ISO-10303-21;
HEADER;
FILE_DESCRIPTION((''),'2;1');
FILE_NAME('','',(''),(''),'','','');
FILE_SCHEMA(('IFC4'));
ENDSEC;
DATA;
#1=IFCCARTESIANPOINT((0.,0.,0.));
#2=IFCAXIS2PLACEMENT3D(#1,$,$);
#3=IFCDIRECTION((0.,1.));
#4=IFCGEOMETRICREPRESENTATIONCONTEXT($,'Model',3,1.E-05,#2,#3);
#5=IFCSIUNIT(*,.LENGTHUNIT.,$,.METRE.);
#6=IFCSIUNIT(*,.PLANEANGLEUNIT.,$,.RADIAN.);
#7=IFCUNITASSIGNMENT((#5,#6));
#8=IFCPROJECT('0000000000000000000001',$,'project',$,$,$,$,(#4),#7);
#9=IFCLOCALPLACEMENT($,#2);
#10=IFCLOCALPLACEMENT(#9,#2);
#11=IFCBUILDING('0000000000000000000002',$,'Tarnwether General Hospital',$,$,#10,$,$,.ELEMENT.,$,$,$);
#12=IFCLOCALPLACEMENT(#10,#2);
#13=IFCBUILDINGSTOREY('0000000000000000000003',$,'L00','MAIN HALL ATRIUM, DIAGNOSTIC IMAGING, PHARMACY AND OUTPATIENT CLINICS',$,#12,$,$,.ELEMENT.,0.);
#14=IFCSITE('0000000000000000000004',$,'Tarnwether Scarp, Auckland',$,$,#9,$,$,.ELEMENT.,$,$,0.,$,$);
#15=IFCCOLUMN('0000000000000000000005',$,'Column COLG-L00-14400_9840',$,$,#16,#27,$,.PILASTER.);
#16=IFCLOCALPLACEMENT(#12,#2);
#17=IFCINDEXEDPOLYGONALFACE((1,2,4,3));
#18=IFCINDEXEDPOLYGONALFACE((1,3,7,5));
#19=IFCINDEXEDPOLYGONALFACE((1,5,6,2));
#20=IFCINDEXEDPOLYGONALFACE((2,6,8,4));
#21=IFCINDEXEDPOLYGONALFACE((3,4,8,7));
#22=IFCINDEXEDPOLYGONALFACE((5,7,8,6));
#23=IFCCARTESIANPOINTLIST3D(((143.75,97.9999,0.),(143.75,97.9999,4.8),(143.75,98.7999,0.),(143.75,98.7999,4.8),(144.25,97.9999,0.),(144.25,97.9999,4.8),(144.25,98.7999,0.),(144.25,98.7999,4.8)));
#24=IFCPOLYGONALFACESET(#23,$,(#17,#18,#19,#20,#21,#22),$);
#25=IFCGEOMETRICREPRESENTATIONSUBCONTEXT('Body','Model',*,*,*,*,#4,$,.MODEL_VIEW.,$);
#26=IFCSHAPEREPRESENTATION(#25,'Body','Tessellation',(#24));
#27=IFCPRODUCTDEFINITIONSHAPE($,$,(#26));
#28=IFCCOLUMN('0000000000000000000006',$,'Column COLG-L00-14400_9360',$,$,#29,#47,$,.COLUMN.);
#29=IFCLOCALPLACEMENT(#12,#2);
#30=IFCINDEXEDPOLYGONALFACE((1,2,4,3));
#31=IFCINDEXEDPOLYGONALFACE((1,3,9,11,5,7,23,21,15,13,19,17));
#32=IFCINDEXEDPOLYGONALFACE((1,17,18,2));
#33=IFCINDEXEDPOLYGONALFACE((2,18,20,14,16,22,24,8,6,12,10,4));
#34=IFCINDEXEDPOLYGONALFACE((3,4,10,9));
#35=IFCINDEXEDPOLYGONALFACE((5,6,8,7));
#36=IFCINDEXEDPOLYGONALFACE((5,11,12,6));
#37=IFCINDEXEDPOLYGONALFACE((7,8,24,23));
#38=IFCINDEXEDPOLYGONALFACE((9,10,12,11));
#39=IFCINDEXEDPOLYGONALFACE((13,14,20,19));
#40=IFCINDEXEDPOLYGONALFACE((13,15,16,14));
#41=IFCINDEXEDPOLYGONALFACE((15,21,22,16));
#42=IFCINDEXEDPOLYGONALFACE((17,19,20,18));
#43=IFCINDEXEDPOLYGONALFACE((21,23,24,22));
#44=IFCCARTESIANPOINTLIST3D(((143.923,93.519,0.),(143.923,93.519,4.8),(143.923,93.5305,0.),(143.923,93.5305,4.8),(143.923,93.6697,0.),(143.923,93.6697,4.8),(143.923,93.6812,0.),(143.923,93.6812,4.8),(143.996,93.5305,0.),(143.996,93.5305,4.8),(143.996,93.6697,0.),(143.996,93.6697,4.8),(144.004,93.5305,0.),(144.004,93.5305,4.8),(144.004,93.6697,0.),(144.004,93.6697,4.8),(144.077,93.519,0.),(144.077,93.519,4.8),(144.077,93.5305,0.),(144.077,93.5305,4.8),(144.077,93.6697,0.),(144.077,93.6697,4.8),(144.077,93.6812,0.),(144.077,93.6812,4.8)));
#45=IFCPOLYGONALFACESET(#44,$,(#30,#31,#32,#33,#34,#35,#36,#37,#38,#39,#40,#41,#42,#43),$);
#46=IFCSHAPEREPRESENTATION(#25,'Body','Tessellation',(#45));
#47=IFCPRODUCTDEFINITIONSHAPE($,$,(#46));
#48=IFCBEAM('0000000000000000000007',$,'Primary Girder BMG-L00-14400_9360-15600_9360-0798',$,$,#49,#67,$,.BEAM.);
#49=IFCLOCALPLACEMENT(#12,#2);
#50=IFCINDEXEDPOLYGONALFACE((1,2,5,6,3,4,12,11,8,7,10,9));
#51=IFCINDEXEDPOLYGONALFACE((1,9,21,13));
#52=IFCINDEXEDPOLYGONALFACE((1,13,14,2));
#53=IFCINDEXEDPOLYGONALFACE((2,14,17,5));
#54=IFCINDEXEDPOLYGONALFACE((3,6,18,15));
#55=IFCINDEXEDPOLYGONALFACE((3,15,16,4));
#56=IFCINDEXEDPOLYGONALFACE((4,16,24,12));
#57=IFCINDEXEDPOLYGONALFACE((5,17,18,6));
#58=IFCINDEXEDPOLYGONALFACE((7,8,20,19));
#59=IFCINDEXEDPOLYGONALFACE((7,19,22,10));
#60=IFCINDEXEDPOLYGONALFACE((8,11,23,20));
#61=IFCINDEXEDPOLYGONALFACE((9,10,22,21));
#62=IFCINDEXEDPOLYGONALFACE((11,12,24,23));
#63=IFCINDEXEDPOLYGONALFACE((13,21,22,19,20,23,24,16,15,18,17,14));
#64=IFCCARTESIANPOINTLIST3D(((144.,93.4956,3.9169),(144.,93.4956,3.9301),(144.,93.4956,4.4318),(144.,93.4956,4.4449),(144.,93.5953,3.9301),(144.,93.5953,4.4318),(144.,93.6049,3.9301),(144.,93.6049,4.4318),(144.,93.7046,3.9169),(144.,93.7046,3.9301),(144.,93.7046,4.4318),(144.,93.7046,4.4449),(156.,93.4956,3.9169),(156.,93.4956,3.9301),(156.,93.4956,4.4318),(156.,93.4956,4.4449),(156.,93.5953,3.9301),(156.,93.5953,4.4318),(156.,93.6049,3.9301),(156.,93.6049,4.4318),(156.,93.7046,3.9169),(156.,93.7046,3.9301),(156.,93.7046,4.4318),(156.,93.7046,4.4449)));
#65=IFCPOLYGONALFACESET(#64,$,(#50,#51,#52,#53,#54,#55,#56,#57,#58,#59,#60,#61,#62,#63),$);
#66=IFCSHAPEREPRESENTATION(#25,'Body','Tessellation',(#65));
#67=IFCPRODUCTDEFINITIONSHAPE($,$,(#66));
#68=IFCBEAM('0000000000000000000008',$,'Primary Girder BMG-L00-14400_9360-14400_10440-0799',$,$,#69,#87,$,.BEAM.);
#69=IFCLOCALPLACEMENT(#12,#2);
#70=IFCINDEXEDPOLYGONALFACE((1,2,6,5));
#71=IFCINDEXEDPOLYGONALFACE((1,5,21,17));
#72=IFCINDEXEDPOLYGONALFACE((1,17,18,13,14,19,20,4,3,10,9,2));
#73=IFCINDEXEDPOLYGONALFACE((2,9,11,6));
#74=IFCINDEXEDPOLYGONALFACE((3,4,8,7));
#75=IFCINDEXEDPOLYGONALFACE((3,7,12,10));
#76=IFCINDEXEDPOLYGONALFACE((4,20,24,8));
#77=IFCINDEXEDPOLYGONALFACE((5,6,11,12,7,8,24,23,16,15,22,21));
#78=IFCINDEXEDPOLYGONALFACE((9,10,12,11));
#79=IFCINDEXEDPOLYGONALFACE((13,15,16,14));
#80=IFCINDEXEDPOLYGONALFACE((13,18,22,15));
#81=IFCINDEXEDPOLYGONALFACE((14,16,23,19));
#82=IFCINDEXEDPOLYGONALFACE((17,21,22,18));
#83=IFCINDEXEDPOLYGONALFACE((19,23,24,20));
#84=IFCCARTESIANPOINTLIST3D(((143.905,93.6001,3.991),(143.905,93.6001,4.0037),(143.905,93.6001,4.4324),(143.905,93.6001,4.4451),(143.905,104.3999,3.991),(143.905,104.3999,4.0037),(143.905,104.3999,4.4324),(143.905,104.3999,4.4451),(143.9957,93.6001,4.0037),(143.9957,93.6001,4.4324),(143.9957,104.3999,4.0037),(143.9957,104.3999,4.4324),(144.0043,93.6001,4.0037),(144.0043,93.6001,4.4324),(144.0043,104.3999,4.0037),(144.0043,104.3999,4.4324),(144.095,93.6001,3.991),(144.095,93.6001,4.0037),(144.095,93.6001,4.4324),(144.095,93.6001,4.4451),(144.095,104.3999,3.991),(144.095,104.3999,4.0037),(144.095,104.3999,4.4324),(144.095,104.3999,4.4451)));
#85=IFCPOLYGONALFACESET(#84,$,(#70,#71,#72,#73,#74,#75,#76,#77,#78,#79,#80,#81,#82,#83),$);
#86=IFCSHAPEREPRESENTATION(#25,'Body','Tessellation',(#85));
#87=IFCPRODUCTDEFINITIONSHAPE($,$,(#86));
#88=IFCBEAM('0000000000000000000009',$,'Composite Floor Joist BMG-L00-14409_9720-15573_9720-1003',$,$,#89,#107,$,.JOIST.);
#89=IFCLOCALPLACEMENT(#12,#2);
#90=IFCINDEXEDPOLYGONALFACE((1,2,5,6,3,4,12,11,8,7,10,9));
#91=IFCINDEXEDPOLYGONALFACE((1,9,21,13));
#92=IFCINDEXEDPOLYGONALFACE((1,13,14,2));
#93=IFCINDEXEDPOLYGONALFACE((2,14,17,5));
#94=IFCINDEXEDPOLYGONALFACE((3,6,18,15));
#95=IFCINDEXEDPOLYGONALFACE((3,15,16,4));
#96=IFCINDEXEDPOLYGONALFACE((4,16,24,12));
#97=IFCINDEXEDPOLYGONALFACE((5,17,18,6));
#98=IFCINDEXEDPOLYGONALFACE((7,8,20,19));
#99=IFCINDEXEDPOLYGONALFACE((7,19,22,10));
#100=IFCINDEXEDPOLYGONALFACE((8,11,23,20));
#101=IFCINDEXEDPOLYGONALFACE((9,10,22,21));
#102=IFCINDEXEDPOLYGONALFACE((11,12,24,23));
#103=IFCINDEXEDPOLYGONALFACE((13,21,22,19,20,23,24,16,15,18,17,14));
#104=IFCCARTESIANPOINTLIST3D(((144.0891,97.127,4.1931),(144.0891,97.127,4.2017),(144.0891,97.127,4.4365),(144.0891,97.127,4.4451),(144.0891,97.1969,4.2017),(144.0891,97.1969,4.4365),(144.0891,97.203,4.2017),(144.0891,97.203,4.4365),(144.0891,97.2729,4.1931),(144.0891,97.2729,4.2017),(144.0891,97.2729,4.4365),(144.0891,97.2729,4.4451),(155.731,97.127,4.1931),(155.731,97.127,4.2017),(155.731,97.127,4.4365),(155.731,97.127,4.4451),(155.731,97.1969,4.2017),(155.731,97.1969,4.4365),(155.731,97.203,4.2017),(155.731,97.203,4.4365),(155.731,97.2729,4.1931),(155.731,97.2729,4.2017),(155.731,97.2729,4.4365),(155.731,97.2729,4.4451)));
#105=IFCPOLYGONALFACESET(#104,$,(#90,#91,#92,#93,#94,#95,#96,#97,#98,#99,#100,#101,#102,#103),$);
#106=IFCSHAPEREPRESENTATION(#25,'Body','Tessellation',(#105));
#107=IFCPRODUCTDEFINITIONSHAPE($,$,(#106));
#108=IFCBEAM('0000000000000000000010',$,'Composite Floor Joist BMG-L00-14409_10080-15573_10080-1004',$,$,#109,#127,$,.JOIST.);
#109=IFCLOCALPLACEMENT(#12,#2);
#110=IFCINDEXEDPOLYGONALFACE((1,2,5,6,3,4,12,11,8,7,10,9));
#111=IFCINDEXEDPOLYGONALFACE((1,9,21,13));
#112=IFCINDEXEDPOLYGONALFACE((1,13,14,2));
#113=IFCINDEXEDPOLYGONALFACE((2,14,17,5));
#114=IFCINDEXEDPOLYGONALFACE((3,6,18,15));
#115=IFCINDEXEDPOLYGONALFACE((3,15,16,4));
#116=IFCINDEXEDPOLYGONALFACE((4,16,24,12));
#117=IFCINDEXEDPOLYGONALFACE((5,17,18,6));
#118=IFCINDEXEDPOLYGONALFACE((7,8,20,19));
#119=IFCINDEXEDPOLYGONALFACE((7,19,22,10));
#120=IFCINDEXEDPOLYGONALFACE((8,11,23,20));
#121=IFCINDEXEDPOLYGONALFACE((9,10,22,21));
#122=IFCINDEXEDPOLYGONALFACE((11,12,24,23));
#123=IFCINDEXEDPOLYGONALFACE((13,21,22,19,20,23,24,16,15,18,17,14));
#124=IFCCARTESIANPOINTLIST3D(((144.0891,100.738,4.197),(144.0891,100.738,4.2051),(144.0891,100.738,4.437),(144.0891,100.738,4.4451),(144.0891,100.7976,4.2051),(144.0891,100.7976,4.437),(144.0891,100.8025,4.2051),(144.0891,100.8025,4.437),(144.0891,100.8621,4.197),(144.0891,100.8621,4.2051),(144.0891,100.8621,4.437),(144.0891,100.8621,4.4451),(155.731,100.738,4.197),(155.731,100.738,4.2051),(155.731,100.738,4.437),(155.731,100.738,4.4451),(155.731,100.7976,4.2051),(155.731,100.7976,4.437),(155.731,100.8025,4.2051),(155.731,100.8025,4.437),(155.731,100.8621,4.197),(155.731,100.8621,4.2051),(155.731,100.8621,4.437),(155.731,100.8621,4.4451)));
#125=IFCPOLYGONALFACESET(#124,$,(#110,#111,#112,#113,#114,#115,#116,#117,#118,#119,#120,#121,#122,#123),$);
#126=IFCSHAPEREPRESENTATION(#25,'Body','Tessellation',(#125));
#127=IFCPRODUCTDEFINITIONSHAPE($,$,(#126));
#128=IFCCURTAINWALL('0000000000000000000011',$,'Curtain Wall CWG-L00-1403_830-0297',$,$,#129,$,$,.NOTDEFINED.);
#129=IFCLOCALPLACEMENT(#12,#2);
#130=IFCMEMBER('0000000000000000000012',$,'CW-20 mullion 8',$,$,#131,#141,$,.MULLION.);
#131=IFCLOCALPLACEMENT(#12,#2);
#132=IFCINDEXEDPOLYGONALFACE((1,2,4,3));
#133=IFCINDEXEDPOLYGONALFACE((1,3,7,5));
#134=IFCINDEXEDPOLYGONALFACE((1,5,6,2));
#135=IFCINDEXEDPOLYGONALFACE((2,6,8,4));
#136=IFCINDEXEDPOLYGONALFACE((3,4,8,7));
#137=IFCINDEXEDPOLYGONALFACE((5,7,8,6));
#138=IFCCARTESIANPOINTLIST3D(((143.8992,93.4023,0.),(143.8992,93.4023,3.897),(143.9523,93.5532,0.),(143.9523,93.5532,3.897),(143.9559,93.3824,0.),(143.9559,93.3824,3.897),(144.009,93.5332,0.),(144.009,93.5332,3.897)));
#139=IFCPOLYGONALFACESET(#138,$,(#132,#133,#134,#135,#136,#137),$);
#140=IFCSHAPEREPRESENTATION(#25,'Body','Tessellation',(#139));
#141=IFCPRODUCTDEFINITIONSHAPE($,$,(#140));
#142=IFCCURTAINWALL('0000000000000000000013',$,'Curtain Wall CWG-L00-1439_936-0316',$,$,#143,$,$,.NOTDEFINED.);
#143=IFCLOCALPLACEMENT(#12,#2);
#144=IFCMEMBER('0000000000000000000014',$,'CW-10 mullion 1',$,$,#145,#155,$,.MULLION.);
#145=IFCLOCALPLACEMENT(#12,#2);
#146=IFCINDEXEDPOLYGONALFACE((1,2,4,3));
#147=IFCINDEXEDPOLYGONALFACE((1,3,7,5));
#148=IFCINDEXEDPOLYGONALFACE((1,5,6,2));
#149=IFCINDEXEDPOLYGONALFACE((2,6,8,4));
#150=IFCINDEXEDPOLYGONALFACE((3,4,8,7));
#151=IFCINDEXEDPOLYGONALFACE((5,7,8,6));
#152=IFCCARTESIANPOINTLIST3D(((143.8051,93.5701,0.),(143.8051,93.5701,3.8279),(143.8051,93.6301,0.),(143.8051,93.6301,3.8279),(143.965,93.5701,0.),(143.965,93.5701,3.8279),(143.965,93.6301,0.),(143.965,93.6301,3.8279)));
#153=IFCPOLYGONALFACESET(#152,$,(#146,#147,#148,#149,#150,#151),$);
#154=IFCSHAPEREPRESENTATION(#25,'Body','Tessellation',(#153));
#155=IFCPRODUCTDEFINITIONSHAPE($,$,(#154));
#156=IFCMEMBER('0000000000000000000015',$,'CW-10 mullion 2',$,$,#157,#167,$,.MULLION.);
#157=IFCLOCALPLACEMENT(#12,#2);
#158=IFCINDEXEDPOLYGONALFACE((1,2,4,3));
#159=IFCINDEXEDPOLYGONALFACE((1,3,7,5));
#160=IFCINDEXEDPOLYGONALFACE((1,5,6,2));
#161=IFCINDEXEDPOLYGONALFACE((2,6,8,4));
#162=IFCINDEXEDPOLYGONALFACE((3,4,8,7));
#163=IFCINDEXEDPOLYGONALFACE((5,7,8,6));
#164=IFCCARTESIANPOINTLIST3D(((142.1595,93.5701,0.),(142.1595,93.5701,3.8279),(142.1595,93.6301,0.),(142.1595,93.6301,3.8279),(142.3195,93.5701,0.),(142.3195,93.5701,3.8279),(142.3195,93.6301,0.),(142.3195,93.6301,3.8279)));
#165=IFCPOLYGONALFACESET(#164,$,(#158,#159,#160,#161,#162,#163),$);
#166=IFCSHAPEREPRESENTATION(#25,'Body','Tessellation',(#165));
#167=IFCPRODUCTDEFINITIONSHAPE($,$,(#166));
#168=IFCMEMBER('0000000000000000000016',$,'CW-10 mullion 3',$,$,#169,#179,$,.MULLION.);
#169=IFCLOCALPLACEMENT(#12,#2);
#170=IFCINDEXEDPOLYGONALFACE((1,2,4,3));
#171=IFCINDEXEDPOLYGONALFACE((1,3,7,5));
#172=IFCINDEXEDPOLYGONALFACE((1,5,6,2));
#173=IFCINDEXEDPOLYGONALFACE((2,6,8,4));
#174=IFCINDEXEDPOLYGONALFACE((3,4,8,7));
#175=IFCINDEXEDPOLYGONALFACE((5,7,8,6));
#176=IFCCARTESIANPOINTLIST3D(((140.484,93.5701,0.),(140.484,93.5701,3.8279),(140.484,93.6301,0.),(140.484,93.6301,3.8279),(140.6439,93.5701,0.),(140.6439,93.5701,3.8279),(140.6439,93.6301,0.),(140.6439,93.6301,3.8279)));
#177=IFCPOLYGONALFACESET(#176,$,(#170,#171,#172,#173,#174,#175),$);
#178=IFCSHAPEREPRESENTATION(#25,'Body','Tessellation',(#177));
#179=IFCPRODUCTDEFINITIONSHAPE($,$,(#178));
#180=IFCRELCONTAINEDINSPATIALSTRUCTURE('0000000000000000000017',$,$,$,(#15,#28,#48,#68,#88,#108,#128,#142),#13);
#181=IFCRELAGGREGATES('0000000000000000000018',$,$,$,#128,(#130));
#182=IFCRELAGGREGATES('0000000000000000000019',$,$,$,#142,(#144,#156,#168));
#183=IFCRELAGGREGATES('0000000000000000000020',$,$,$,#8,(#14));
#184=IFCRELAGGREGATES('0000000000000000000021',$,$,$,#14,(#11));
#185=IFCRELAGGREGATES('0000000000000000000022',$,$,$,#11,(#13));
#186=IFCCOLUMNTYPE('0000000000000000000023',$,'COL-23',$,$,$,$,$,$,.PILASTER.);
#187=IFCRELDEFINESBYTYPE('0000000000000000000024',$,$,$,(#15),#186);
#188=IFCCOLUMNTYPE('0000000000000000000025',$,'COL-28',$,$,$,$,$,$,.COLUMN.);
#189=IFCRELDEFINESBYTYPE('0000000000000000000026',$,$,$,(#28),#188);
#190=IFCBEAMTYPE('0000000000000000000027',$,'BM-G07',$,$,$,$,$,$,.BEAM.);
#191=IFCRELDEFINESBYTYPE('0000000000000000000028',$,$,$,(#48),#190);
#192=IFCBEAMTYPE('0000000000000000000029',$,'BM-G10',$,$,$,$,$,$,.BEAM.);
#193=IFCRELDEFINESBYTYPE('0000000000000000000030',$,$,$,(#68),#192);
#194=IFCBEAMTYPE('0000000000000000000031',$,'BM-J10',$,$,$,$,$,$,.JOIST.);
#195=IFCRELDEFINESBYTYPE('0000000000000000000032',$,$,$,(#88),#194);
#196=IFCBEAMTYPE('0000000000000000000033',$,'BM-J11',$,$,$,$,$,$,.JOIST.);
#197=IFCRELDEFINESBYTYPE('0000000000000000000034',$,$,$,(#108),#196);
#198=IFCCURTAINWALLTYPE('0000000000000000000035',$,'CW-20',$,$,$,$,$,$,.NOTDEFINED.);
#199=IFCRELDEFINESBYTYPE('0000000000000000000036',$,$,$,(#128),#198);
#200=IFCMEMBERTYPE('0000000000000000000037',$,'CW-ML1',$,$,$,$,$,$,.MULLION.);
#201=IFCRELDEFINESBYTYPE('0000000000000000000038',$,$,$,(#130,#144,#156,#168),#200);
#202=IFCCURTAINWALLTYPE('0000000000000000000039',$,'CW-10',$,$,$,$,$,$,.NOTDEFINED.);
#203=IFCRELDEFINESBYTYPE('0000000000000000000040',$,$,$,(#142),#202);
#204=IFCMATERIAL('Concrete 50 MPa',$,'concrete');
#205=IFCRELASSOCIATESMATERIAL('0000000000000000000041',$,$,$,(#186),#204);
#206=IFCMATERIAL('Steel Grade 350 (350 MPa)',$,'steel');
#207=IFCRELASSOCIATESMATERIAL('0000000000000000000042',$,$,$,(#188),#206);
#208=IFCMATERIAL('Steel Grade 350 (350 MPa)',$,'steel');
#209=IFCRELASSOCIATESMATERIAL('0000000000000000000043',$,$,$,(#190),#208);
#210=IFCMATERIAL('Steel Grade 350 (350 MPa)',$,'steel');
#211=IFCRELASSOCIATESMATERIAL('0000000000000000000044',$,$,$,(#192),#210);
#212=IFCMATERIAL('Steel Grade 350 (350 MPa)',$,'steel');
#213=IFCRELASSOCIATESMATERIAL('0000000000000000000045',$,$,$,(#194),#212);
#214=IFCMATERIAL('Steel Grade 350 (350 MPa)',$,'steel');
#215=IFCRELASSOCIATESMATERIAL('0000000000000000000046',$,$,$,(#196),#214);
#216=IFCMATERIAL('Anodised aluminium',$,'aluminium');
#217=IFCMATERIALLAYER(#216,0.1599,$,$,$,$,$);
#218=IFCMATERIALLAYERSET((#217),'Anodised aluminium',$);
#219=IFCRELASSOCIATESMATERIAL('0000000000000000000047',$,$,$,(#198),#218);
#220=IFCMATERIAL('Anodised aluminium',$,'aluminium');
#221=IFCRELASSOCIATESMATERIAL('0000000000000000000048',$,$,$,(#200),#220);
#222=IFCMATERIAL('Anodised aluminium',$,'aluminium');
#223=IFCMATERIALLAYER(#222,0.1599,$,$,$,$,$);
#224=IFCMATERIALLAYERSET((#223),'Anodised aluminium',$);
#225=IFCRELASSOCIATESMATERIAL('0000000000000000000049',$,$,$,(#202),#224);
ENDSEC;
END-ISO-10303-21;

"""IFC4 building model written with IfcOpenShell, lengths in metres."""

from ifc_helpers import new_model, si_unit, direction, frame, origin, origin_2d, place, context, subcontext, project, spatial, rectangle, i_section, extrude, material, layer, layer_set, material_profile, profile_set, type_object, element, aggregate, save


model = new_model("IFC4")

# Units and contexts
model_context = context("Model", 3, precision=1e-05, world=origin(), true_north=direction((0.0, 1.0)))
body_context = subcontext(model_context, "Body", "Model", "MODEL_VIEW")
ifc_project = project(units=[si_unit("LENGTHUNIT", "METRE"), si_unit("PLANEANGLEUNIT", "RADIAN")], contexts=[model_context])

# Site, building, storey
site_placement = place(None, origin())
site = spatial("IfcSite", under=ifc_project, at=site_placement, Name="Tarnwether Scarp, Auckland", CompositionType="ELEMENT", RefElevation=0.0)
building_placement = place(site_placement, origin())
building = spatial("IfcBuilding", under=site, at=building_placement, Name="Tarnwether General Hospital", CompositionType="ELEMENT")
storey_placement = place(building_placement, origin())
storey = spatial("IfcBuildingStorey", under=building, at=storey_placement, Name="L00", Description="MAIN HALL ATRIUM, DIAGNOSTIC IMAGING, PHARMACY AND OUTPATIENT CLINICS", CompositionType="ELEMENT", Elevation=0.0)

# Columns
ifc_material_1 = material(Name="Concrete 50 MPa", Category="concrete")
ifc_material_profile_1 = material_profile(ifc_material_1, rectangle(XDim=0.5, YDim=0.8, at=origin_2d()), Name="RC-PIL-500x800")
ifc_profile_set_1 = profile_set([ifc_material_profile_1], Name="Concrete 50 MPa")
column_type_1 = type_object("IfcColumnType", Name="COL-23", PredefinedType="PILASTER", material=ifc_profile_set_1)
column_1_placement = place(storey_placement, frame((144.0, 98.3999, 0.0), z_axis=(0.0, 0.0, 1.0), x_axis=(1.0, 0.0, 0.0)))
element("IfcColumn", 1, at=column_1_placement, inside=storey, type_object=column_type_1, Name="Column COLG-L00-14400_9840", PredefinedType="PILASTER", context=body_context, shape_type="SweptSolid", body=[
    extrude(rectangle(XDim=0.5, YDim=0.8, at=origin_2d()), origin(), (0.0, 0.0, 1.0), 4.8),
])
ifc_material_2 = material(Name="Steel Grade 350 (350 MPa)", Category="steel")
ifc_material_profile_2 = material_profile(ifc_material_2, i_section(OverallWidth=0.1541, OverallDepth=0.1621, WebThickness=0.0081, FlangeThickness=0.0115, at=origin_2d()), Name="150UC37.2")
ifc_profile_set_2 = profile_set([ifc_material_profile_2], Name="Steel Grade 350 (350 MPa)")
column_type_2 = type_object("IfcColumnType", Name="COL-28", PredefinedType="COLUMN", material=ifc_profile_set_2)
column_2_placement = place(storey_placement, frame((144.0, 93.6001, 0.0), z_axis=(0.0, 0.0, 1.0), x_axis=(1.0, 0.0, 0.0)))
element("IfcColumn", 2, at=column_2_placement, inside=storey, type_object=column_type_2, Name="Column COLG-L00-14400_9360", PredefinedType="COLUMN", context=body_context, shape_type="SweptSolid", body=[
    extrude(i_section(OverallWidth=0.1541, OverallDepth=0.1621, WebThickness=0.0081, FlangeThickness=0.0115, at=origin_2d()), origin(), (0.0, 0.0, 1.0), 4.8),
])

# Beams
ifc_material_3 = material(Name="Steel Grade 350 (350 MPa)", Category="steel")
ifc_material_profile_3 = material_profile(ifc_material_3, i_section(OverallWidth=0.209, OverallDepth=0.5281, WebThickness=0.0095, FlangeThickness=0.0132, at=origin_2d()), Name="530UB82.0")
ifc_profile_set_3 = profile_set([ifc_material_profile_3], Name="Steel Grade 350 (350 MPa)")
beam_type_1 = type_object("IfcBeamType", Name="BM-G07", PredefinedType="BEAM", material=ifc_profile_set_3)
beam_1_placement = place(storey_placement, frame((144.0, 93.6001, 4.1809), z_axis=(1.0, 0.0, 0.0), x_axis=(0.0, 1.0, 0.0)))
element("IfcBeam", 3, at=beam_1_placement, inside=storey, type_object=beam_type_1, Name="Primary Girder BMG-L00-14400_9360-15600_9360-0798", PredefinedType="BEAM", context=body_context, shape_type="SweptSolid", body=[
    extrude(i_section(OverallWidth=0.209, OverallDepth=0.5281, WebThickness=0.0095, FlangeThickness=0.0132, at=origin_2d()), origin(), (0.0, 0.0, 1.0), 12.0),
])
ifc_material_4 = material(Name="Steel Grade 350 (350 MPa)", Category="steel")
ifc_material_profile_4 = material_profile(ifc_material_4, i_section(OverallWidth=0.1899, OverallDepth=0.4541, WebThickness=0.0085, FlangeThickness=0.0127, at=origin_2d()), Name="460UB67.1")
ifc_profile_set_4 = profile_set([ifc_material_profile_4], Name="Steel Grade 350 (350 MPa)")
beam_type_2 = type_object("IfcBeamType", Name="BM-G10", PredefinedType="BEAM", material=ifc_profile_set_4)
beam_2_placement = place(storey_placement, frame((144.0, 93.6001, 4.218), z_axis=(0.0, 1.0, 0.0), x_axis=(-1.0, 0.0, 0.0)))
element("IfcBeam", 4, at=beam_2_placement, inside=storey, type_object=beam_type_2, Name="Primary Girder BMG-L00-14400_9360-14400_10440-0799", PredefinedType="BEAM", context=body_context, shape_type="SweptSolid", body=[
    extrude(i_section(OverallWidth=0.1899, OverallDepth=0.4541, WebThickness=0.0085, FlangeThickness=0.0127, at=origin_2d()), origin(), (0.0, 0.0, 1.0), 10.7998),
])
ifc_material_5 = material(Name="Steel Grade 350 (350 MPa)", Category="steel")
ifc_material_profile_5 = material_profile(ifc_material_5, i_section(OverallWidth=0.146, OverallDepth=0.252, WebThickness=0.0061, FlangeThickness=0.0085, at=origin_2d()), Name="250UB31.4")
ifc_profile_set_5 = profile_set([ifc_material_profile_5], Name="Steel Grade 350 (350 MPa)")
beam_type_3 = type_object("IfcBeamType", Name="BM-J10", PredefinedType="JOIST", material=ifc_profile_set_5)
beam_3_placement = place(storey_placement, frame((144.0891, 97.2, 4.3191), z_axis=(1.0, 0.0, 0.0), x_axis=(0.0, 1.0, 0.0)))
element("IfcBeam", 5, at=beam_3_placement, inside=storey, type_object=beam_type_3, Name="Composite Floor Joist BMG-L00-14409_9720-15573_9720-1003", PredefinedType="JOIST", context=body_context, shape_type="SweptSolid", body=[
    extrude(i_section(OverallWidth=0.146, OverallDepth=0.252, WebThickness=0.0061, FlangeThickness=0.0085, at=origin_2d()), origin(), (0.0, 0.0, 1.0), 11.6418),
])
ifc_material_6 = material(Name="Steel Grade 350 (350 MPa)", Category="steel")
ifc_material_profile_6 = material_profile(ifc_material_6, i_section(OverallWidth=0.124, OverallDepth=0.248, WebThickness=0.0049, FlangeThickness=0.0081, at=origin_2d()), Name="250UB25.7")
ifc_profile_set_6 = profile_set([ifc_material_profile_6], Name="Steel Grade 350 (350 MPa)")
beam_type_4 = type_object("IfcBeamType", Name="BM-J11", PredefinedType="JOIST", material=ifc_profile_set_6)
beam_4_placement = place(storey_placement, frame((144.0891, 100.8, 4.321), z_axis=(1.0, 0.0, 0.0), x_axis=(0.0, 1.0, 0.0)))
element("IfcBeam", 6, at=beam_4_placement, inside=storey, type_object=beam_type_4, Name="Composite Floor Joist BMG-L00-14409_10080-15573_10080-1004", PredefinedType="JOIST", context=body_context, shape_type="SweptSolid", body=[
    extrude(i_section(OverallWidth=0.124, OverallDepth=0.248, WebThickness=0.0049, FlangeThickness=0.0081, at=origin_2d()), origin(), (0.0, 0.0, 1.0), 11.6418),
])

# Curtain wall, member
ifc_material_7 = material(Name="Anodised aluminium", Category="aluminium")
ifc_layer_1 = layer(ifc_material_7, 0.1599)
ifc_layer_set_1 = layer_set([ifc_layer_1], Name="Anodised aluminium")
curtain_wall_type_1 = type_object("IfcCurtainWallType", Name="CW-20", PredefinedType="NOTDEFINED", material=ifc_layer_set_1)
curtain_wall_1_placement = place(storey_placement, origin())
curtain_wall_1 = element("IfcCurtainWall", 7, at=curtain_wall_1_placement, inside=storey, type_object=curtain_wall_type_1, Name="Curtain Wall CWG-L00-1403_830-0297", PredefinedType="NOTDEFINED")
ifc_material_8 = material(Name="Anodised aluminium", Category="aluminium")
ifc_material_profile_7 = material_profile(ifc_material_8, rectangle(XDim=0.0601, YDim=0.1599, at=origin_2d()), Name="ALU-MUL-60x160")
ifc_profile_set_7 = profile_set([ifc_material_profile_7], Name="Anodised aluminium")
member_type_1 = type_object("IfcMemberType", Name="CW-ML1", PredefinedType="MULLION", material=ifc_profile_set_7)
member_1_placement = place(storey_placement, frame((143.9541, 93.4678, 0.0), z_axis=(0.0, 0.0, 1.0), x_axis=(-0.943301, 0.331937, 0.0)))
member_1 = element("IfcMember", 8, at=member_1_placement, type_object=member_type_1, Name="CW-20 mullion 8", PredefinedType="MULLION", context=body_context, shape_type="SweptSolid", body=[
    extrude(rectangle(XDim=0.0601, YDim=0.1599, at=origin_2d()), origin(), (0.0, 0.0, 1.0), 3.897),
])

# Curtain wall, members
ifc_material_9 = material(Name="Anodised aluminium", Category="aluminium")
ifc_layer_2 = layer(ifc_material_9, 0.1599)
ifc_layer_set_2 = layer_set([ifc_layer_2], Name="Anodised aluminium")
curtain_wall_type_2 = type_object("IfcCurtainWallType", Name="CW-10", PredefinedType="NOTDEFINED", material=ifc_layer_set_2)
curtain_wall_2_placement = place(storey_placement, origin())
curtain_wall_2 = element("IfcCurtainWall", 9, at=curtain_wall_2_placement, inside=storey, type_object=curtain_wall_type_2, Name="Curtain Wall CWG-L00-1439_936-0316", PredefinedType="NOTDEFINED")
member_2_placement = place(storey_placement, frame((143.885, 93.6001, 0.0), z_axis=(0.0, 0.0, 1.0), x_axis=(0.0, -1.0, 0.0)))
member_2 = element("IfcMember", 10, at=member_2_placement, type_object=member_type_1, Name="CW-10 mullion 1", PredefinedType="MULLION", context=body_context, shape_type="SweptSolid", body=[
    extrude(rectangle(XDim=0.0601, YDim=0.1599, at=origin_2d()), origin(), (0.0, 0.0, 1.0), 3.8279),
])
member_3_placement = place(storey_placement, frame((142.2395, 93.6001, 0.0), z_axis=(0.0, 0.0, 1.0), x_axis=(0.0, -1.0, 0.0)))
member_3 = element("IfcMember", 11, at=member_3_placement, type_object=member_type_1, Name="CW-10 mullion 2", PredefinedType="MULLION", context=body_context, shape_type="SweptSolid", body=[
    extrude(rectangle(XDim=0.0601, YDim=0.1599, at=origin_2d()), origin(), (0.0, 0.0, 1.0), 3.8279),
])
member_4_placement = place(storey_placement, frame((140.564, 93.6001, 0.0), z_axis=(0.0, 0.0, 1.0), x_axis=(0.0, -1.0, 0.0)))
member_4 = element("IfcMember", 12, at=member_4_placement, type_object=member_type_1, Name="CW-10 mullion 3", PredefinedType="MULLION", context=body_context, shape_type="SweptSolid", body=[
    extrude(rectangle(XDim=0.0601, YDim=0.1599, at=origin_2d()), origin(), (0.0, 0.0, 1.0), 3.8279),
])

aggregate(curtain_wall_1, [member_1])
aggregate(curtain_wall_2, [member_2, member_3, member_4])

save(model, "model.ifc")
